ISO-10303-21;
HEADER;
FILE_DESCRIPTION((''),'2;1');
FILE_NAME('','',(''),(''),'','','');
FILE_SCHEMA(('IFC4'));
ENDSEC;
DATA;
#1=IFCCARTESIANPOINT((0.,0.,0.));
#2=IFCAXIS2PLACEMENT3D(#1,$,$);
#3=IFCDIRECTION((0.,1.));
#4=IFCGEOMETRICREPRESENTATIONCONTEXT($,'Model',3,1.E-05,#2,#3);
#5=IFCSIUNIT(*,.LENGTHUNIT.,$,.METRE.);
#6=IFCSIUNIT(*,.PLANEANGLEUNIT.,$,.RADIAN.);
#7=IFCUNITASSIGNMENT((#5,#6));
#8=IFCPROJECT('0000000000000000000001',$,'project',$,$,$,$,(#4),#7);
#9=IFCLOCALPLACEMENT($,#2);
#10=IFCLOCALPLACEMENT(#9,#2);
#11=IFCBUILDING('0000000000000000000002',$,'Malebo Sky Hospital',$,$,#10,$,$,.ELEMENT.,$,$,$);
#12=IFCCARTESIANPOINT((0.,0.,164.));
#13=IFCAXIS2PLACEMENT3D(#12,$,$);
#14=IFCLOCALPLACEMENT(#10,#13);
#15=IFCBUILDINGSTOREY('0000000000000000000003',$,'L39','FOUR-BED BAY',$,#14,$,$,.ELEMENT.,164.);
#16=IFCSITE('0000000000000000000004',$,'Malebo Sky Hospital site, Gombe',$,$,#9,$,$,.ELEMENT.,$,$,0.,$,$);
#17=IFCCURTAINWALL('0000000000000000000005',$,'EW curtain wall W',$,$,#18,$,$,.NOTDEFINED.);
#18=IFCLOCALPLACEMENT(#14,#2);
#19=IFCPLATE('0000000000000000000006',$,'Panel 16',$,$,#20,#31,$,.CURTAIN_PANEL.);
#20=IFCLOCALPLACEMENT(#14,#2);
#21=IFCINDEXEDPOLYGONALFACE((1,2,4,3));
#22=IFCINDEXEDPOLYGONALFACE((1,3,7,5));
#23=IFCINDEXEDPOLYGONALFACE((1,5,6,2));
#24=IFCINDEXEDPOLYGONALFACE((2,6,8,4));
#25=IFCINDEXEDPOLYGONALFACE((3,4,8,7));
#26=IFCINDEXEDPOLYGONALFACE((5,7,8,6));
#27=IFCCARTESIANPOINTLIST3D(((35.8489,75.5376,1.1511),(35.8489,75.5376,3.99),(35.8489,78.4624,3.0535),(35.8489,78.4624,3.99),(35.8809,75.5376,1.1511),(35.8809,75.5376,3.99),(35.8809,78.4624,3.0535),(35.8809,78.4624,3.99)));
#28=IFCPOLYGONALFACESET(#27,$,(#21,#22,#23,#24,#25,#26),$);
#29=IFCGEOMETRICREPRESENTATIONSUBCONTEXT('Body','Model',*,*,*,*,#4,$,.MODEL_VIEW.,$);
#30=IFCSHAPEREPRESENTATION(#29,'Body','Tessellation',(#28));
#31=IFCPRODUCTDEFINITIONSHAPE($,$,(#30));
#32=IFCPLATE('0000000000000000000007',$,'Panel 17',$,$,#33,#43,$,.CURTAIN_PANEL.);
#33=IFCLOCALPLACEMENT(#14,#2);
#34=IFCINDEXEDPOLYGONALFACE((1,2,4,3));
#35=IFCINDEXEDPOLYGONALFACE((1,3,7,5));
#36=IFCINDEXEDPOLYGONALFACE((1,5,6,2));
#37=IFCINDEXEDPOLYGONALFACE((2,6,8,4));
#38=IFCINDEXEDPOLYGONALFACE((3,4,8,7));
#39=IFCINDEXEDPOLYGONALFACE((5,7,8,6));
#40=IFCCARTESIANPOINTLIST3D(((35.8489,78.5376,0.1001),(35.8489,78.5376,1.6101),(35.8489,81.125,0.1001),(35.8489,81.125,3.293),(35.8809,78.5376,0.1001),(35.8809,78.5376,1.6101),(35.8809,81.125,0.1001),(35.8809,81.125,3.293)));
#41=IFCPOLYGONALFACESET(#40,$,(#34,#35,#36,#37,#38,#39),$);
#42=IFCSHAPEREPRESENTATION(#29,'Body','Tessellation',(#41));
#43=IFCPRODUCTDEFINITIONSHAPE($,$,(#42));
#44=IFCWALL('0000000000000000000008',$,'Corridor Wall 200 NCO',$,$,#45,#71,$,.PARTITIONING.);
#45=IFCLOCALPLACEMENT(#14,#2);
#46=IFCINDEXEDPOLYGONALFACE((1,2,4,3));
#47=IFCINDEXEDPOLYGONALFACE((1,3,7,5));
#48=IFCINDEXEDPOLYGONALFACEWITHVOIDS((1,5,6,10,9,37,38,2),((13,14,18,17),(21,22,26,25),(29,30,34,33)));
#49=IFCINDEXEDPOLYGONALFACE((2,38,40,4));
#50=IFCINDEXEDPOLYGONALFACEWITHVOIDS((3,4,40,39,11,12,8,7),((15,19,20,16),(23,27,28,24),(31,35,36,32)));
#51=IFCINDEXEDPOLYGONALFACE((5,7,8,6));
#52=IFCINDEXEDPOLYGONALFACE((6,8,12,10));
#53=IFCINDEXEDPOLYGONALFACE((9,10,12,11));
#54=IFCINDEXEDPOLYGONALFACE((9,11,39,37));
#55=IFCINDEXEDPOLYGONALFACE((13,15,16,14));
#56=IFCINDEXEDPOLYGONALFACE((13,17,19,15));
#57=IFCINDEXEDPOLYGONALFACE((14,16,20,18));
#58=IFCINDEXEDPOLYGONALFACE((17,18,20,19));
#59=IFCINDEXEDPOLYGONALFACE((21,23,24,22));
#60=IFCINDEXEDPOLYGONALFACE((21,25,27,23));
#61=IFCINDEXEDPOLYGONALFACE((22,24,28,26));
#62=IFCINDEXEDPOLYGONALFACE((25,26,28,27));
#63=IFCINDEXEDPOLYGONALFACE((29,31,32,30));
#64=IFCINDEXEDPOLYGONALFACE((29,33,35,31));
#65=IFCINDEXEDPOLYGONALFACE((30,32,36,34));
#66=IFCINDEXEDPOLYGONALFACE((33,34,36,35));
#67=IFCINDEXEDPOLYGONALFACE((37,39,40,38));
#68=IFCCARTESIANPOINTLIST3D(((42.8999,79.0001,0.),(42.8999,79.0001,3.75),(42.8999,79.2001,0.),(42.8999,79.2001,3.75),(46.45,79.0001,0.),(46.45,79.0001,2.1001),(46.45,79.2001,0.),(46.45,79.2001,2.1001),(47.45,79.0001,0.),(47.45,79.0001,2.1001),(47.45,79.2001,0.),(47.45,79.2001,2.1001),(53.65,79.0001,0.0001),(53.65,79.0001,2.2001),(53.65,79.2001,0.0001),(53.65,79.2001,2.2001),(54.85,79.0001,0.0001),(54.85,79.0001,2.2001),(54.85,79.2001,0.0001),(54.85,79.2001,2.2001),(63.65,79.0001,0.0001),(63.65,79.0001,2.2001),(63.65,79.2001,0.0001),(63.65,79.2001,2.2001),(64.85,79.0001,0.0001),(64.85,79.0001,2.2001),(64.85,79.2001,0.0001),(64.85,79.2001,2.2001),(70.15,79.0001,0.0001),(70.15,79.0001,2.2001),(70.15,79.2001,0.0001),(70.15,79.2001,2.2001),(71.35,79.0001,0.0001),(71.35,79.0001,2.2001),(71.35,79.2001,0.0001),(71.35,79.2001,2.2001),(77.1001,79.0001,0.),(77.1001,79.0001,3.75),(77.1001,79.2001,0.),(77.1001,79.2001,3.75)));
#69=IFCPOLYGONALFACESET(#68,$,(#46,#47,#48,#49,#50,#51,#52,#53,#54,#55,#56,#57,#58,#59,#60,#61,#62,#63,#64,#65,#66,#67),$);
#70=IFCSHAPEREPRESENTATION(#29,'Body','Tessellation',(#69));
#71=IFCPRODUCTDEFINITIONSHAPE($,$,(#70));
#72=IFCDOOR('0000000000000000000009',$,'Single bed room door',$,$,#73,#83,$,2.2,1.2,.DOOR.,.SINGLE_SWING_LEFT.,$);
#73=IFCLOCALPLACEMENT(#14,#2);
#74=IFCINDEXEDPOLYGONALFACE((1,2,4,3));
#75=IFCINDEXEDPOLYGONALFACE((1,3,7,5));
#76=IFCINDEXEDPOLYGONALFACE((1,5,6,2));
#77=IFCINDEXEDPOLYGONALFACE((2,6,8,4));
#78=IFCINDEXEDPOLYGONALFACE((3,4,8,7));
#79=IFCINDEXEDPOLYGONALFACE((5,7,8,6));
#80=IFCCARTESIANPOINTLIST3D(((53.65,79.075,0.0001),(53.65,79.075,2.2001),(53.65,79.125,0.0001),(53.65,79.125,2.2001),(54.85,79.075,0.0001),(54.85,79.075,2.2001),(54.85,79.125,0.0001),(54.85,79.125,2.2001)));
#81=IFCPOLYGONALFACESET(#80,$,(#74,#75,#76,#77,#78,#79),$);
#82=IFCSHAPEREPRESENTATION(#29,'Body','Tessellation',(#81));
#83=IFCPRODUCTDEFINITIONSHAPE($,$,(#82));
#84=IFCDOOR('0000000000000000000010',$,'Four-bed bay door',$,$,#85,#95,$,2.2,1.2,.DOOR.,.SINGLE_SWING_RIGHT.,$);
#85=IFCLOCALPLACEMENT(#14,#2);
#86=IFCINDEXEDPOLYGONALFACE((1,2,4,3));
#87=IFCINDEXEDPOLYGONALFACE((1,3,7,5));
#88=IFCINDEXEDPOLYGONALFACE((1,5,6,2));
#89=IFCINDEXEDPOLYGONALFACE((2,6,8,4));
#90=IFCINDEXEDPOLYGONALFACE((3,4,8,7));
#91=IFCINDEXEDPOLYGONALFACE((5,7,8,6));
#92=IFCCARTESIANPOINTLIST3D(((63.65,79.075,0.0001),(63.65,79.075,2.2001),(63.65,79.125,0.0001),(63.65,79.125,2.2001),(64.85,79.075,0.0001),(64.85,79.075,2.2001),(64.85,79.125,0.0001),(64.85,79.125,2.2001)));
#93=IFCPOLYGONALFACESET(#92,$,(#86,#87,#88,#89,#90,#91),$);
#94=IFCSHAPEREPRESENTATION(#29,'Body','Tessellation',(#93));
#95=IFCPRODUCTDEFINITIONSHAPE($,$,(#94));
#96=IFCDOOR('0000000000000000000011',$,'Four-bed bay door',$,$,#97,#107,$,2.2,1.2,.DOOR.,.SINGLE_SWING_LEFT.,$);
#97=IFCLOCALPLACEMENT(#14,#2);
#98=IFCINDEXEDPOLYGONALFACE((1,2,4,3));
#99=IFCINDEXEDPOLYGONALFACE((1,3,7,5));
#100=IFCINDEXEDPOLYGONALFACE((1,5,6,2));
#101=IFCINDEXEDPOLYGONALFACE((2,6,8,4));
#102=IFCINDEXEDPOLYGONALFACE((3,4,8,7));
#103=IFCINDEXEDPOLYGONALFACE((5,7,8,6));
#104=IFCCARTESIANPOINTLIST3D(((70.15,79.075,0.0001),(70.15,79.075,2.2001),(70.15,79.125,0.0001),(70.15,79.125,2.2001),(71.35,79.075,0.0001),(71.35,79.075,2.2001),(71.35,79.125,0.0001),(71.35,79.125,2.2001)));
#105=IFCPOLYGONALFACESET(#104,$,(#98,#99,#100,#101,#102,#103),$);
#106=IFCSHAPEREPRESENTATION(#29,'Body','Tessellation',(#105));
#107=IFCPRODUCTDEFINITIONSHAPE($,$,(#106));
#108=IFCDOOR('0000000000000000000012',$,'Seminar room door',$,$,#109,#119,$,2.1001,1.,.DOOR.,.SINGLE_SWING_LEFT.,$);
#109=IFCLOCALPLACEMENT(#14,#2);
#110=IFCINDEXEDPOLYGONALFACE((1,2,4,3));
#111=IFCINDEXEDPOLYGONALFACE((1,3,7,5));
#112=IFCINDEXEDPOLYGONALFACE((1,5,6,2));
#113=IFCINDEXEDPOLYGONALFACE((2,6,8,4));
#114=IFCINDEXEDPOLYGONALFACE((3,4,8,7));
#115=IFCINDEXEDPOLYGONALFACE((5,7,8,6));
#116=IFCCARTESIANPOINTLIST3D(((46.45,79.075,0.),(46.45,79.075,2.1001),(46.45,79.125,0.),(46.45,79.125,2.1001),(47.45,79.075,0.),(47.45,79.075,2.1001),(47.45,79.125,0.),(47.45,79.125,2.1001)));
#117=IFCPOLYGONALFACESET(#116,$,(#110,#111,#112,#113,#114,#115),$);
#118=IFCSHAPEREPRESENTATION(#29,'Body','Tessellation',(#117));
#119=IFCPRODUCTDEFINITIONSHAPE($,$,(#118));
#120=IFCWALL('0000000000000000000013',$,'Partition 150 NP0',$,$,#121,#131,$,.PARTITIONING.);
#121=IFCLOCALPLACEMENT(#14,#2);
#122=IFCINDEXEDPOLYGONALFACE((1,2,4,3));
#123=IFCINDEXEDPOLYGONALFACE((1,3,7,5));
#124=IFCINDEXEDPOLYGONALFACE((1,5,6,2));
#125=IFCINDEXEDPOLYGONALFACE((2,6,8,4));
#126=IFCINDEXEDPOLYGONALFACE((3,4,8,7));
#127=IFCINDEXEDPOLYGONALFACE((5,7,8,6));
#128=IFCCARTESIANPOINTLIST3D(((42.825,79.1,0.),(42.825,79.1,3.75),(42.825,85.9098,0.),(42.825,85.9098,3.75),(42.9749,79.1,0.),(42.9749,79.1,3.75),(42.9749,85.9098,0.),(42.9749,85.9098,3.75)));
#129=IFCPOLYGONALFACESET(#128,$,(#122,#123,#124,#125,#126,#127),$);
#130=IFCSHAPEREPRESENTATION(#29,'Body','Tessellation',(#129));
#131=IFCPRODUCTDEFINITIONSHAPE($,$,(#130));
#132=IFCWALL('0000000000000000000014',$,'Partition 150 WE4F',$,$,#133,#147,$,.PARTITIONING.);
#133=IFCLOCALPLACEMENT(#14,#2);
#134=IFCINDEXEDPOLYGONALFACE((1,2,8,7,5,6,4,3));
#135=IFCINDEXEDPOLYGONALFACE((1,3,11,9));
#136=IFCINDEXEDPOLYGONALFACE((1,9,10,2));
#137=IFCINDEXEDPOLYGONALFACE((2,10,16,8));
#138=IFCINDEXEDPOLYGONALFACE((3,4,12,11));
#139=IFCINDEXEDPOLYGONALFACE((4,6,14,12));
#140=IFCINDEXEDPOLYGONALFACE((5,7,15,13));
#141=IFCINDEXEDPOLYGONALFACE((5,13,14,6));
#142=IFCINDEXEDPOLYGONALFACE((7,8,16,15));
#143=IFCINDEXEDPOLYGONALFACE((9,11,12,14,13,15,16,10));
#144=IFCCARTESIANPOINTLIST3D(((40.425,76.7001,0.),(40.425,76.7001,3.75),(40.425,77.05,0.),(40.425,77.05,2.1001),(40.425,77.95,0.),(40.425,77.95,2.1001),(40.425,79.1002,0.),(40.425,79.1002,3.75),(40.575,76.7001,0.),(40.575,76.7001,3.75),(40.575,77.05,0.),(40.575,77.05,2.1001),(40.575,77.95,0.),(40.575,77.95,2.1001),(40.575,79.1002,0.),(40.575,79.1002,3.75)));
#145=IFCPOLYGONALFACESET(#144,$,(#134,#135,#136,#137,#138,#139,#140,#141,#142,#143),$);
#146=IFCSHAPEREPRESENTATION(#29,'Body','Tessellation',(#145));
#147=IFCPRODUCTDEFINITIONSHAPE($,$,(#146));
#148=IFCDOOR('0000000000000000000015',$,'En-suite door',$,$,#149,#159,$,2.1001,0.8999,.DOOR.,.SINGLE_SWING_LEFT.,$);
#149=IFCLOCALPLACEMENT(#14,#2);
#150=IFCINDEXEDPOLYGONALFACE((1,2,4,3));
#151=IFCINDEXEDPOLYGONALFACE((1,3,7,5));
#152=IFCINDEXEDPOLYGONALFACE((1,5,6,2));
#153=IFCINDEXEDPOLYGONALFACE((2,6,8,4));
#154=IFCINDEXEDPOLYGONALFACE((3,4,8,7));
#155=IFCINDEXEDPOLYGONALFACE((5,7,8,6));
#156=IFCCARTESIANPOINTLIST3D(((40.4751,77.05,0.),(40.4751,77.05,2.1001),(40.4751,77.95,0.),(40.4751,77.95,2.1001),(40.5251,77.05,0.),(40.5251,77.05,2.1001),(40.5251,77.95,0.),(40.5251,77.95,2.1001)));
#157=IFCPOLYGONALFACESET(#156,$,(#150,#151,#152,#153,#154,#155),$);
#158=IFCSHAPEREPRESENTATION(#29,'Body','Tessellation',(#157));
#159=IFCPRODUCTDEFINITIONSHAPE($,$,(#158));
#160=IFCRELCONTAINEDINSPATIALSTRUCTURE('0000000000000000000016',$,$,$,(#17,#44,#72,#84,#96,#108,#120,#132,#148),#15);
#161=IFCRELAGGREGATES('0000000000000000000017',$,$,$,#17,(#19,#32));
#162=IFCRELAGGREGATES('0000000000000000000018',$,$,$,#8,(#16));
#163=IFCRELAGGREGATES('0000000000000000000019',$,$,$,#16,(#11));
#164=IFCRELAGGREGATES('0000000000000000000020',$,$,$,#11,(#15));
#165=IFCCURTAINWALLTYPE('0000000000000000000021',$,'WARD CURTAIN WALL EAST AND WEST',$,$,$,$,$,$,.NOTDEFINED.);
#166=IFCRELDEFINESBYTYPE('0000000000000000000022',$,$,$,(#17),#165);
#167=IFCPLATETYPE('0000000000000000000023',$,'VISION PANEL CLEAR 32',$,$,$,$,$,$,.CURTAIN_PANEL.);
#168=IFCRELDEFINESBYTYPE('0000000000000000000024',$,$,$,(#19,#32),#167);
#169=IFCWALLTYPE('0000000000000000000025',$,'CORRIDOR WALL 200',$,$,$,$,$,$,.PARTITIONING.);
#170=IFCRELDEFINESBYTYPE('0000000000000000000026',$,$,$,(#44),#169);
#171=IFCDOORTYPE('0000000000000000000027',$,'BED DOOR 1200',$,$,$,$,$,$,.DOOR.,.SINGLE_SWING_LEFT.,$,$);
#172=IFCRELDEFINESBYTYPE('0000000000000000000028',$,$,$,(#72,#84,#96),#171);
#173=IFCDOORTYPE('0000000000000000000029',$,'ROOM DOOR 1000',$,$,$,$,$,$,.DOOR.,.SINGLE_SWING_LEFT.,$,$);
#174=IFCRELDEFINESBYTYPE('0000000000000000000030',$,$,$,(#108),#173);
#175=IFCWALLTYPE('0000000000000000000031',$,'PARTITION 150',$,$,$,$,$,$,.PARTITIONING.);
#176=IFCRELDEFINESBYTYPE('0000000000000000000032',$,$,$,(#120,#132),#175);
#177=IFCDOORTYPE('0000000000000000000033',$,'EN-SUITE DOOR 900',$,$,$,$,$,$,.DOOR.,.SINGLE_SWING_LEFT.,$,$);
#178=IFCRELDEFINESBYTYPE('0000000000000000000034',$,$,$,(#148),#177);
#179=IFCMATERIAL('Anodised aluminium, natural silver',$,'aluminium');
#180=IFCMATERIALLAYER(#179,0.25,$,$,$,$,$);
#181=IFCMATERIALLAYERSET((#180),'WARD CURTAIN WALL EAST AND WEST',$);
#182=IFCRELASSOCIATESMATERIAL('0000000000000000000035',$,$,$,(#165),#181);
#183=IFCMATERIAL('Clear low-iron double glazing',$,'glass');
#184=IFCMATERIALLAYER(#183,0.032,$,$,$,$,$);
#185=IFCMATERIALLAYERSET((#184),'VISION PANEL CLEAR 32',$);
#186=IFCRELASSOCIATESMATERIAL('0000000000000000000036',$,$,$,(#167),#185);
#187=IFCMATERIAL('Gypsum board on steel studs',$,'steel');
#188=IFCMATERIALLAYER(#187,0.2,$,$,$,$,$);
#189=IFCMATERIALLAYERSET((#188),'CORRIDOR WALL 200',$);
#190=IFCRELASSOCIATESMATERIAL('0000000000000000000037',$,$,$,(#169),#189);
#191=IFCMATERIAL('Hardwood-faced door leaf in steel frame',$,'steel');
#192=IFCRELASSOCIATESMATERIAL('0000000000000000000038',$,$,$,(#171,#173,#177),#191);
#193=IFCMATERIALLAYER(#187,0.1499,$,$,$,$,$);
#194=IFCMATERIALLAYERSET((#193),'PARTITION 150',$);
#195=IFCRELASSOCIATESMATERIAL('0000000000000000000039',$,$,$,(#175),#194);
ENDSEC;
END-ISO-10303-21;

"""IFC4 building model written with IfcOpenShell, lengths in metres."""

from ifc_helpers import new_model, si_unit, direction, frame, frame_2d, origin, place, context, subcontext, project, spatial, polyline, rectangle, outline, extrude, material, layer, layer_set, type_object, element, fill, aggregate, save


model = new_model("IFC4")

# Units and contexts
model_context = context("Model", 3, precision=1e-05, world=origin(), true_north=direction((0.0, 1.0)))
body_context = subcontext(model_context, "Body", "Model", "MODEL_VIEW")
ifc_project = project(units=[si_unit("LENGTHUNIT", "METRE"), si_unit("PLANEANGLEUNIT", "RADIAN")], contexts=[model_context])

# Site, building, storey
site_placement = place(None, origin())
site = spatial("IfcSite", under=ifc_project, at=site_placement, Name="Malebo Sky Hospital site, Gombe", CompositionType="ELEMENT", RefElevation=0.0)
building_placement = place(site_placement, origin())
building = spatial("IfcBuilding", under=site, at=building_placement, Name="Malebo Sky Hospital", CompositionType="ELEMENT")
storey_placement = place(building_placement, frame((0.0, 0.0, 164.0)))
storey = spatial("IfcBuildingStorey", under=building, at=storey_placement, Name="L39", Description="FOUR-BED BAY", CompositionType="ELEMENT", Elevation=164.0)

# Curtain wall
ifc_material_1 = material(Name="Anodised aluminium, natural silver", Category="aluminium")
ifc_layer_1 = layer(ifc_material_1, 0.25)
ifc_layer_set_1 = layer_set([ifc_layer_1], Name="WARD CURTAIN WALL EAST AND WEST")
curtain_wall_type = type_object("IfcCurtainWallType", Name="WARD CURTAIN WALL EAST AND WEST", PredefinedType="NOTDEFINED", material=ifc_layer_set_1)
curtain_wall_placement = place(storey_placement, origin())
curtain_wall = element("IfcCurtainWall", 1, at=curtain_wall_placement, inside=storey, type_object=curtain_wall_type, Name="EW curtain wall W", PredefinedType="NOTDEFINED")

# Plates
ifc_material_2 = material(Name="Clear low-iron double glazing", Category="glass")
ifc_layer_2 = layer(ifc_material_2, 0.032)
ifc_layer_set_2 = layer_set([ifc_layer_2], Name="VISION PANEL CLEAR 32")
plate_type = type_object("IfcPlateType", Name="VISION PANEL CLEAR 32", PredefinedType="CURTAIN_PANEL", material=ifc_layer_set_2)
plate_1_placement = place(storey_placement, frame((35.865, 77.0, 1.1511), z_axis=(0.0, 0.0, 1.0), x_axis=(0.0, 1.0, 0.0)))
plate_1 = element("IfcPlate", 2, at=plate_1_placement, type_object=plate_type, Name="Panel 16", PredefinedType="CURTAIN_PANEL", context=body_context, shape_type="SweptSolid", body=[
    extrude(outline(polyline([(-1.4624, 0.0), (1.4624, 1.9023), (1.4624, 2.8389), (-1.4624, 2.8389), (-1.4624, 0.0)])), frame((0.0, 0.0161, 0.0), z_axis=(0.0, -1.0, 0.0), x_axis=(1.0, 0.0, 0.0)), (0.0, 0.0, 1.0), 0.032),
])
plate_2_placement = place(storey_placement, frame((35.865, 79.8313, 0.1001), z_axis=(0.0, 0.0, 1.0), x_axis=(0.0, 1.0, 0.0)))
plate_2 = element("IfcPlate", 3, at=plate_2_placement, type_object=plate_type, Name="Panel 17", PredefinedType="CURTAIN_PANEL", context=body_context, shape_type="SweptSolid", body=[
    extrude(outline(polyline([(-1.2937, 0.0), (1.2937, 0.0), (1.2937, 3.1929), (-1.2937, 1.51), (-1.2937, 0.0)])), frame((0.0, 0.0161, 0.0), z_axis=(0.0, -1.0, 0.0), x_axis=(1.0, 0.0, 0.0)), (0.0, 0.0, 1.0), 0.032),
])
aggregate(curtain_wall, [plate_1, plate_2])

# Wall, openings, doors
ifc_material_3 = material(Name="Gypsum board on steel studs", Category="steel")
ifc_layer_3 = layer(ifc_material_3, 0.2)
ifc_layer_set_3 = layer_set([ifc_layer_3], Name="CORRIDOR WALL 200")
wall_type_1 = type_object("IfcWallType", Name="CORRIDOR WALL 200", PredefinedType="PARTITIONING", material=ifc_layer_set_3)
wall_1_placement = place(storey_placement, frame((42.8999, 79.1001, 0.0), z_axis=(0.0, 0.0, 1.0), x_axis=(1.0, 0.0, 0.0)))
wall_1 = element("IfcWall", 4, at=wall_1_placement, inside=storey, type_object=wall_type_1, Name="Corridor Wall 200 NCO", PredefinedType="PARTITIONING", context=body_context, shape_type="SweptSolid", body=[
    extrude(rectangle(XDim=34.2002, YDim=0.2, at=frame_2d((17.1001, 0.0))), origin(), (0.0, 0.0, 1.0), 3.75),
])
opening_1_placement = place(wall_1_placement, frame((3.55, 0.0, 0.0)))
opening_1 = element("IfcOpeningElement", 5, at=opening_1_placement, cuts=wall_1, PredefinedType="OPENING", context=body_context, shape_type="SweptSolid", body=[
    extrude(rectangle(XDim=1.0, YDim=2.1001, at=frame_2d((0.5, 1.05))), frame((0.0, 0.1099, 0.0), z_axis=(0.0, -1.0, 0.0), x_axis=(1.0, 0.0, 0.0)), (0.0, 0.0, 1.0), 0.22),
])
opening_2_placement = place(wall_1_placement, frame((10.75, 0.0, 0.0)))
opening_2 = element("IfcOpeningElement", 6, at=opening_2_placement, cuts=wall_1, PredefinedType="OPENING", context=body_context, shape_type="SweptSolid", body=[
    extrude(rectangle(XDim=1.2, YDim=2.2, at=frame_2d((0.6001, 1.1001))), frame((0.0, 0.1099, 0.0), z_axis=(0.0, -1.0, 0.0), x_axis=(1.0, 0.0, 0.0)), (0.0, 0.0, 1.0), 0.22),
])
opening_3_placement = place(wall_1_placement, frame((20.75, 0.0, 0.0)))
opening_3 = element("IfcOpeningElement", 7, at=opening_3_placement, cuts=wall_1, PredefinedType="OPENING", context=body_context, shape_type="SweptSolid", body=[
    extrude(rectangle(XDim=1.2, YDim=2.2, at=frame_2d((0.6001, 1.1001))), frame((0.0, 0.1099, 0.0), z_axis=(0.0, -1.0, 0.0), x_axis=(1.0, 0.0, 0.0)), (0.0, 0.0, 1.0), 0.22),
])
opening_4_placement = place(wall_1_placement, frame((27.25, 0.0, 0.0)))
opening_4 = element("IfcOpeningElement", 8, at=opening_4_placement, cuts=wall_1, PredefinedType="OPENING", context=body_context, shape_type="SweptSolid", body=[
    extrude(rectangle(XDim=1.2, YDim=2.2, at=frame_2d((0.6001, 1.1001))), frame((0.0, 0.1099, 0.0), z_axis=(0.0, -1.0, 0.0), x_axis=(1.0, 0.0, 0.0)), (0.0, 0.0, 1.0), 0.22),
])
ifc_material_4 = material(Name="Hardwood-faced door leaf in steel frame", Category="steel")
door_type_1 = type_object("IfcDoorType", Name="BED DOOR 1200", OperationType="SINGLE_SWING_LEFT", PredefinedType="DOOR", material=ifc_material_4)
door_1_placement = place(opening_2_placement, origin())
door_1 = element("IfcDoor", 9, at=door_1_placement, inside=storey, type_object=door_type_1, Name="Single bed room door", OperationType="SINGLE_SWING_LEFT", OverallHeight=2.2, OverallWidth=1.2, PredefinedType="DOOR", context=body_context, shape_type="SweptSolid", body=[
    extrude(rectangle(XDim=1.2, YDim=2.2, at=frame_2d((0.6001, 1.1001))), frame((0.0, 0.0249, 0.0), z_axis=(0.0, -1.0, 0.0), x_axis=(1.0, 0.0, 0.0)), (0.0, 0.0, 1.0), 0.05),
])
fill(opening_2, door_1)
door_2_placement = place(opening_3_placement, origin())
door_2 = element("IfcDoor", 10, at=door_2_placement, inside=storey, type_object=door_type_1, Name="Four-bed bay door", OperationType="SINGLE_SWING_RIGHT", OverallHeight=2.2, OverallWidth=1.2, PredefinedType="DOOR", context=body_context, shape_type="SweptSolid", body=[
    extrude(rectangle(XDim=1.2, YDim=2.2, at=frame_2d((0.6001, 1.1001))), frame((0.0, 0.0249, 0.0), z_axis=(0.0, -1.0, 0.0), x_axis=(1.0, 0.0, 0.0)), (0.0, 0.0, 1.0), 0.05),
])
fill(opening_3, door_2)
door_3_placement = place(opening_4_placement, origin())
door_3 = element("IfcDoor", 11, at=door_3_placement, inside=storey, type_object=door_type_1, Name="Four-bed bay door", OperationType="SINGLE_SWING_LEFT", OverallHeight=2.2, OverallWidth=1.2, PredefinedType="DOOR", context=body_context, shape_type="SweptSolid", body=[
    extrude(rectangle(XDim=1.2, YDim=2.2, at=frame_2d((0.6001, 1.1001))), frame((0.0, 0.0249, 0.0), z_axis=(0.0, -1.0, 0.0), x_axis=(1.0, 0.0, 0.0)), (0.0, 0.0, 1.0), 0.05),
])
fill(opening_4, door_3)
door_type_2 = type_object("IfcDoorType", Name="ROOM DOOR 1000", OperationType="SINGLE_SWING_LEFT", PredefinedType="DOOR", material=ifc_material_4)
door_4_placement = place(opening_1_placement, origin())
door_4 = element("IfcDoor", 12, at=door_4_placement, inside=storey, type_object=door_type_2, Name="Seminar room door", OperationType="SINGLE_SWING_LEFT", OverallHeight=2.1001, OverallWidth=1.0, PredefinedType="DOOR", context=body_context, shape_type="SweptSolid", body=[
    extrude(rectangle(XDim=1.0, YDim=2.1001, at=frame_2d((0.5, 1.05))), frame((0.0, 0.0249, 0.0), z_axis=(0.0, -1.0, 0.0), x_axis=(1.0, 0.0, 0.0)), (0.0, 0.0, 1.0), 0.05),
])
fill(opening_1, door_4)

# Wall
ifc_layer_4 = layer(ifc_material_3, 0.1499)
ifc_layer_set_4 = layer_set([ifc_layer_4], Name="PARTITION 150")
wall_type_2 = type_object("IfcWallType", Name="PARTITION 150", PredefinedType="PARTITIONING", material=ifc_layer_set_4)
wall_2_placement = place(storey_placement, frame((42.8999, 79.1001, 0.0), z_axis=(0.0, 0.0, 1.0), x_axis=(0.0, 1.0, 0.0)))
element("IfcWall", 13, at=wall_2_placement, inside=storey, type_object=wall_type_2, Name="Partition 150 NP0", PredefinedType="PARTITIONING", context=body_context, shape_type="SweptSolid", body=[
    extrude(rectangle(XDim=6.8098, YDim=0.1499, at=frame_2d((3.4048, 0.0))), origin(), (0.0, 0.0, 1.0), 3.75),
])

# Wall, opening, door
wall_3_placement = place(storey_placement, frame((40.5, 76.7, 0.0), z_axis=(0.0, 0.0, 1.0), x_axis=(0.0, 1.0, 0.0)))
wall_3 = element("IfcWall", 14, at=wall_3_placement, inside=storey, type_object=wall_type_2, Name="Partition 150 WE4F", PredefinedType="PARTITIONING", context=body_context, shape_type="SweptSolid", body=[
    extrude(rectangle(XDim=2.4001, YDim=0.1499, at=frame_2d((1.2002, 0.0))), origin(), (0.0, 0.0, 1.0), 3.75),
])
opening_5_placement = place(wall_3_placement, frame((0.3501, 0.0, 0.0)))
opening_5 = element("IfcOpeningElement", 15, at=opening_5_placement, cuts=wall_3, PredefinedType="OPENING", context=body_context, shape_type="SweptSolid", body=[
    extrude(rectangle(XDim=0.8999, YDim=2.1001, at=frame_2d((0.45, 1.05))), frame((0.0, 0.085, 0.0), z_axis=(0.0, -1.0, 0.0), x_axis=(1.0, 0.0, 0.0)), (0.0, 0.0, 1.0), 0.1699),
])
door_type_3 = type_object("IfcDoorType", Name="EN-SUITE DOOR 900", OperationType="SINGLE_SWING_LEFT", PredefinedType="DOOR", material=ifc_material_4)
door_5_placement = place(opening_5_placement, origin())
door_5 = element("IfcDoor", 16, at=door_5_placement, inside=storey, type_object=door_type_3, Name="En-suite door", OperationType="SINGLE_SWING_LEFT", OverallHeight=2.1001, OverallWidth=0.8999, PredefinedType="DOOR", context=body_context, shape_type="SweptSolid", body=[
    extrude(rectangle(XDim=0.8999, YDim=2.1001, at=frame_2d((0.45, 1.05))), frame((0.0, 0.0249, 0.0), z_axis=(0.0, -1.0, 0.0), x_axis=(1.0, 0.0, 0.0)), (0.0, 0.0, 1.0), 0.05),
])
fill(opening_5, door_5)

save(model, "model.ifc")
